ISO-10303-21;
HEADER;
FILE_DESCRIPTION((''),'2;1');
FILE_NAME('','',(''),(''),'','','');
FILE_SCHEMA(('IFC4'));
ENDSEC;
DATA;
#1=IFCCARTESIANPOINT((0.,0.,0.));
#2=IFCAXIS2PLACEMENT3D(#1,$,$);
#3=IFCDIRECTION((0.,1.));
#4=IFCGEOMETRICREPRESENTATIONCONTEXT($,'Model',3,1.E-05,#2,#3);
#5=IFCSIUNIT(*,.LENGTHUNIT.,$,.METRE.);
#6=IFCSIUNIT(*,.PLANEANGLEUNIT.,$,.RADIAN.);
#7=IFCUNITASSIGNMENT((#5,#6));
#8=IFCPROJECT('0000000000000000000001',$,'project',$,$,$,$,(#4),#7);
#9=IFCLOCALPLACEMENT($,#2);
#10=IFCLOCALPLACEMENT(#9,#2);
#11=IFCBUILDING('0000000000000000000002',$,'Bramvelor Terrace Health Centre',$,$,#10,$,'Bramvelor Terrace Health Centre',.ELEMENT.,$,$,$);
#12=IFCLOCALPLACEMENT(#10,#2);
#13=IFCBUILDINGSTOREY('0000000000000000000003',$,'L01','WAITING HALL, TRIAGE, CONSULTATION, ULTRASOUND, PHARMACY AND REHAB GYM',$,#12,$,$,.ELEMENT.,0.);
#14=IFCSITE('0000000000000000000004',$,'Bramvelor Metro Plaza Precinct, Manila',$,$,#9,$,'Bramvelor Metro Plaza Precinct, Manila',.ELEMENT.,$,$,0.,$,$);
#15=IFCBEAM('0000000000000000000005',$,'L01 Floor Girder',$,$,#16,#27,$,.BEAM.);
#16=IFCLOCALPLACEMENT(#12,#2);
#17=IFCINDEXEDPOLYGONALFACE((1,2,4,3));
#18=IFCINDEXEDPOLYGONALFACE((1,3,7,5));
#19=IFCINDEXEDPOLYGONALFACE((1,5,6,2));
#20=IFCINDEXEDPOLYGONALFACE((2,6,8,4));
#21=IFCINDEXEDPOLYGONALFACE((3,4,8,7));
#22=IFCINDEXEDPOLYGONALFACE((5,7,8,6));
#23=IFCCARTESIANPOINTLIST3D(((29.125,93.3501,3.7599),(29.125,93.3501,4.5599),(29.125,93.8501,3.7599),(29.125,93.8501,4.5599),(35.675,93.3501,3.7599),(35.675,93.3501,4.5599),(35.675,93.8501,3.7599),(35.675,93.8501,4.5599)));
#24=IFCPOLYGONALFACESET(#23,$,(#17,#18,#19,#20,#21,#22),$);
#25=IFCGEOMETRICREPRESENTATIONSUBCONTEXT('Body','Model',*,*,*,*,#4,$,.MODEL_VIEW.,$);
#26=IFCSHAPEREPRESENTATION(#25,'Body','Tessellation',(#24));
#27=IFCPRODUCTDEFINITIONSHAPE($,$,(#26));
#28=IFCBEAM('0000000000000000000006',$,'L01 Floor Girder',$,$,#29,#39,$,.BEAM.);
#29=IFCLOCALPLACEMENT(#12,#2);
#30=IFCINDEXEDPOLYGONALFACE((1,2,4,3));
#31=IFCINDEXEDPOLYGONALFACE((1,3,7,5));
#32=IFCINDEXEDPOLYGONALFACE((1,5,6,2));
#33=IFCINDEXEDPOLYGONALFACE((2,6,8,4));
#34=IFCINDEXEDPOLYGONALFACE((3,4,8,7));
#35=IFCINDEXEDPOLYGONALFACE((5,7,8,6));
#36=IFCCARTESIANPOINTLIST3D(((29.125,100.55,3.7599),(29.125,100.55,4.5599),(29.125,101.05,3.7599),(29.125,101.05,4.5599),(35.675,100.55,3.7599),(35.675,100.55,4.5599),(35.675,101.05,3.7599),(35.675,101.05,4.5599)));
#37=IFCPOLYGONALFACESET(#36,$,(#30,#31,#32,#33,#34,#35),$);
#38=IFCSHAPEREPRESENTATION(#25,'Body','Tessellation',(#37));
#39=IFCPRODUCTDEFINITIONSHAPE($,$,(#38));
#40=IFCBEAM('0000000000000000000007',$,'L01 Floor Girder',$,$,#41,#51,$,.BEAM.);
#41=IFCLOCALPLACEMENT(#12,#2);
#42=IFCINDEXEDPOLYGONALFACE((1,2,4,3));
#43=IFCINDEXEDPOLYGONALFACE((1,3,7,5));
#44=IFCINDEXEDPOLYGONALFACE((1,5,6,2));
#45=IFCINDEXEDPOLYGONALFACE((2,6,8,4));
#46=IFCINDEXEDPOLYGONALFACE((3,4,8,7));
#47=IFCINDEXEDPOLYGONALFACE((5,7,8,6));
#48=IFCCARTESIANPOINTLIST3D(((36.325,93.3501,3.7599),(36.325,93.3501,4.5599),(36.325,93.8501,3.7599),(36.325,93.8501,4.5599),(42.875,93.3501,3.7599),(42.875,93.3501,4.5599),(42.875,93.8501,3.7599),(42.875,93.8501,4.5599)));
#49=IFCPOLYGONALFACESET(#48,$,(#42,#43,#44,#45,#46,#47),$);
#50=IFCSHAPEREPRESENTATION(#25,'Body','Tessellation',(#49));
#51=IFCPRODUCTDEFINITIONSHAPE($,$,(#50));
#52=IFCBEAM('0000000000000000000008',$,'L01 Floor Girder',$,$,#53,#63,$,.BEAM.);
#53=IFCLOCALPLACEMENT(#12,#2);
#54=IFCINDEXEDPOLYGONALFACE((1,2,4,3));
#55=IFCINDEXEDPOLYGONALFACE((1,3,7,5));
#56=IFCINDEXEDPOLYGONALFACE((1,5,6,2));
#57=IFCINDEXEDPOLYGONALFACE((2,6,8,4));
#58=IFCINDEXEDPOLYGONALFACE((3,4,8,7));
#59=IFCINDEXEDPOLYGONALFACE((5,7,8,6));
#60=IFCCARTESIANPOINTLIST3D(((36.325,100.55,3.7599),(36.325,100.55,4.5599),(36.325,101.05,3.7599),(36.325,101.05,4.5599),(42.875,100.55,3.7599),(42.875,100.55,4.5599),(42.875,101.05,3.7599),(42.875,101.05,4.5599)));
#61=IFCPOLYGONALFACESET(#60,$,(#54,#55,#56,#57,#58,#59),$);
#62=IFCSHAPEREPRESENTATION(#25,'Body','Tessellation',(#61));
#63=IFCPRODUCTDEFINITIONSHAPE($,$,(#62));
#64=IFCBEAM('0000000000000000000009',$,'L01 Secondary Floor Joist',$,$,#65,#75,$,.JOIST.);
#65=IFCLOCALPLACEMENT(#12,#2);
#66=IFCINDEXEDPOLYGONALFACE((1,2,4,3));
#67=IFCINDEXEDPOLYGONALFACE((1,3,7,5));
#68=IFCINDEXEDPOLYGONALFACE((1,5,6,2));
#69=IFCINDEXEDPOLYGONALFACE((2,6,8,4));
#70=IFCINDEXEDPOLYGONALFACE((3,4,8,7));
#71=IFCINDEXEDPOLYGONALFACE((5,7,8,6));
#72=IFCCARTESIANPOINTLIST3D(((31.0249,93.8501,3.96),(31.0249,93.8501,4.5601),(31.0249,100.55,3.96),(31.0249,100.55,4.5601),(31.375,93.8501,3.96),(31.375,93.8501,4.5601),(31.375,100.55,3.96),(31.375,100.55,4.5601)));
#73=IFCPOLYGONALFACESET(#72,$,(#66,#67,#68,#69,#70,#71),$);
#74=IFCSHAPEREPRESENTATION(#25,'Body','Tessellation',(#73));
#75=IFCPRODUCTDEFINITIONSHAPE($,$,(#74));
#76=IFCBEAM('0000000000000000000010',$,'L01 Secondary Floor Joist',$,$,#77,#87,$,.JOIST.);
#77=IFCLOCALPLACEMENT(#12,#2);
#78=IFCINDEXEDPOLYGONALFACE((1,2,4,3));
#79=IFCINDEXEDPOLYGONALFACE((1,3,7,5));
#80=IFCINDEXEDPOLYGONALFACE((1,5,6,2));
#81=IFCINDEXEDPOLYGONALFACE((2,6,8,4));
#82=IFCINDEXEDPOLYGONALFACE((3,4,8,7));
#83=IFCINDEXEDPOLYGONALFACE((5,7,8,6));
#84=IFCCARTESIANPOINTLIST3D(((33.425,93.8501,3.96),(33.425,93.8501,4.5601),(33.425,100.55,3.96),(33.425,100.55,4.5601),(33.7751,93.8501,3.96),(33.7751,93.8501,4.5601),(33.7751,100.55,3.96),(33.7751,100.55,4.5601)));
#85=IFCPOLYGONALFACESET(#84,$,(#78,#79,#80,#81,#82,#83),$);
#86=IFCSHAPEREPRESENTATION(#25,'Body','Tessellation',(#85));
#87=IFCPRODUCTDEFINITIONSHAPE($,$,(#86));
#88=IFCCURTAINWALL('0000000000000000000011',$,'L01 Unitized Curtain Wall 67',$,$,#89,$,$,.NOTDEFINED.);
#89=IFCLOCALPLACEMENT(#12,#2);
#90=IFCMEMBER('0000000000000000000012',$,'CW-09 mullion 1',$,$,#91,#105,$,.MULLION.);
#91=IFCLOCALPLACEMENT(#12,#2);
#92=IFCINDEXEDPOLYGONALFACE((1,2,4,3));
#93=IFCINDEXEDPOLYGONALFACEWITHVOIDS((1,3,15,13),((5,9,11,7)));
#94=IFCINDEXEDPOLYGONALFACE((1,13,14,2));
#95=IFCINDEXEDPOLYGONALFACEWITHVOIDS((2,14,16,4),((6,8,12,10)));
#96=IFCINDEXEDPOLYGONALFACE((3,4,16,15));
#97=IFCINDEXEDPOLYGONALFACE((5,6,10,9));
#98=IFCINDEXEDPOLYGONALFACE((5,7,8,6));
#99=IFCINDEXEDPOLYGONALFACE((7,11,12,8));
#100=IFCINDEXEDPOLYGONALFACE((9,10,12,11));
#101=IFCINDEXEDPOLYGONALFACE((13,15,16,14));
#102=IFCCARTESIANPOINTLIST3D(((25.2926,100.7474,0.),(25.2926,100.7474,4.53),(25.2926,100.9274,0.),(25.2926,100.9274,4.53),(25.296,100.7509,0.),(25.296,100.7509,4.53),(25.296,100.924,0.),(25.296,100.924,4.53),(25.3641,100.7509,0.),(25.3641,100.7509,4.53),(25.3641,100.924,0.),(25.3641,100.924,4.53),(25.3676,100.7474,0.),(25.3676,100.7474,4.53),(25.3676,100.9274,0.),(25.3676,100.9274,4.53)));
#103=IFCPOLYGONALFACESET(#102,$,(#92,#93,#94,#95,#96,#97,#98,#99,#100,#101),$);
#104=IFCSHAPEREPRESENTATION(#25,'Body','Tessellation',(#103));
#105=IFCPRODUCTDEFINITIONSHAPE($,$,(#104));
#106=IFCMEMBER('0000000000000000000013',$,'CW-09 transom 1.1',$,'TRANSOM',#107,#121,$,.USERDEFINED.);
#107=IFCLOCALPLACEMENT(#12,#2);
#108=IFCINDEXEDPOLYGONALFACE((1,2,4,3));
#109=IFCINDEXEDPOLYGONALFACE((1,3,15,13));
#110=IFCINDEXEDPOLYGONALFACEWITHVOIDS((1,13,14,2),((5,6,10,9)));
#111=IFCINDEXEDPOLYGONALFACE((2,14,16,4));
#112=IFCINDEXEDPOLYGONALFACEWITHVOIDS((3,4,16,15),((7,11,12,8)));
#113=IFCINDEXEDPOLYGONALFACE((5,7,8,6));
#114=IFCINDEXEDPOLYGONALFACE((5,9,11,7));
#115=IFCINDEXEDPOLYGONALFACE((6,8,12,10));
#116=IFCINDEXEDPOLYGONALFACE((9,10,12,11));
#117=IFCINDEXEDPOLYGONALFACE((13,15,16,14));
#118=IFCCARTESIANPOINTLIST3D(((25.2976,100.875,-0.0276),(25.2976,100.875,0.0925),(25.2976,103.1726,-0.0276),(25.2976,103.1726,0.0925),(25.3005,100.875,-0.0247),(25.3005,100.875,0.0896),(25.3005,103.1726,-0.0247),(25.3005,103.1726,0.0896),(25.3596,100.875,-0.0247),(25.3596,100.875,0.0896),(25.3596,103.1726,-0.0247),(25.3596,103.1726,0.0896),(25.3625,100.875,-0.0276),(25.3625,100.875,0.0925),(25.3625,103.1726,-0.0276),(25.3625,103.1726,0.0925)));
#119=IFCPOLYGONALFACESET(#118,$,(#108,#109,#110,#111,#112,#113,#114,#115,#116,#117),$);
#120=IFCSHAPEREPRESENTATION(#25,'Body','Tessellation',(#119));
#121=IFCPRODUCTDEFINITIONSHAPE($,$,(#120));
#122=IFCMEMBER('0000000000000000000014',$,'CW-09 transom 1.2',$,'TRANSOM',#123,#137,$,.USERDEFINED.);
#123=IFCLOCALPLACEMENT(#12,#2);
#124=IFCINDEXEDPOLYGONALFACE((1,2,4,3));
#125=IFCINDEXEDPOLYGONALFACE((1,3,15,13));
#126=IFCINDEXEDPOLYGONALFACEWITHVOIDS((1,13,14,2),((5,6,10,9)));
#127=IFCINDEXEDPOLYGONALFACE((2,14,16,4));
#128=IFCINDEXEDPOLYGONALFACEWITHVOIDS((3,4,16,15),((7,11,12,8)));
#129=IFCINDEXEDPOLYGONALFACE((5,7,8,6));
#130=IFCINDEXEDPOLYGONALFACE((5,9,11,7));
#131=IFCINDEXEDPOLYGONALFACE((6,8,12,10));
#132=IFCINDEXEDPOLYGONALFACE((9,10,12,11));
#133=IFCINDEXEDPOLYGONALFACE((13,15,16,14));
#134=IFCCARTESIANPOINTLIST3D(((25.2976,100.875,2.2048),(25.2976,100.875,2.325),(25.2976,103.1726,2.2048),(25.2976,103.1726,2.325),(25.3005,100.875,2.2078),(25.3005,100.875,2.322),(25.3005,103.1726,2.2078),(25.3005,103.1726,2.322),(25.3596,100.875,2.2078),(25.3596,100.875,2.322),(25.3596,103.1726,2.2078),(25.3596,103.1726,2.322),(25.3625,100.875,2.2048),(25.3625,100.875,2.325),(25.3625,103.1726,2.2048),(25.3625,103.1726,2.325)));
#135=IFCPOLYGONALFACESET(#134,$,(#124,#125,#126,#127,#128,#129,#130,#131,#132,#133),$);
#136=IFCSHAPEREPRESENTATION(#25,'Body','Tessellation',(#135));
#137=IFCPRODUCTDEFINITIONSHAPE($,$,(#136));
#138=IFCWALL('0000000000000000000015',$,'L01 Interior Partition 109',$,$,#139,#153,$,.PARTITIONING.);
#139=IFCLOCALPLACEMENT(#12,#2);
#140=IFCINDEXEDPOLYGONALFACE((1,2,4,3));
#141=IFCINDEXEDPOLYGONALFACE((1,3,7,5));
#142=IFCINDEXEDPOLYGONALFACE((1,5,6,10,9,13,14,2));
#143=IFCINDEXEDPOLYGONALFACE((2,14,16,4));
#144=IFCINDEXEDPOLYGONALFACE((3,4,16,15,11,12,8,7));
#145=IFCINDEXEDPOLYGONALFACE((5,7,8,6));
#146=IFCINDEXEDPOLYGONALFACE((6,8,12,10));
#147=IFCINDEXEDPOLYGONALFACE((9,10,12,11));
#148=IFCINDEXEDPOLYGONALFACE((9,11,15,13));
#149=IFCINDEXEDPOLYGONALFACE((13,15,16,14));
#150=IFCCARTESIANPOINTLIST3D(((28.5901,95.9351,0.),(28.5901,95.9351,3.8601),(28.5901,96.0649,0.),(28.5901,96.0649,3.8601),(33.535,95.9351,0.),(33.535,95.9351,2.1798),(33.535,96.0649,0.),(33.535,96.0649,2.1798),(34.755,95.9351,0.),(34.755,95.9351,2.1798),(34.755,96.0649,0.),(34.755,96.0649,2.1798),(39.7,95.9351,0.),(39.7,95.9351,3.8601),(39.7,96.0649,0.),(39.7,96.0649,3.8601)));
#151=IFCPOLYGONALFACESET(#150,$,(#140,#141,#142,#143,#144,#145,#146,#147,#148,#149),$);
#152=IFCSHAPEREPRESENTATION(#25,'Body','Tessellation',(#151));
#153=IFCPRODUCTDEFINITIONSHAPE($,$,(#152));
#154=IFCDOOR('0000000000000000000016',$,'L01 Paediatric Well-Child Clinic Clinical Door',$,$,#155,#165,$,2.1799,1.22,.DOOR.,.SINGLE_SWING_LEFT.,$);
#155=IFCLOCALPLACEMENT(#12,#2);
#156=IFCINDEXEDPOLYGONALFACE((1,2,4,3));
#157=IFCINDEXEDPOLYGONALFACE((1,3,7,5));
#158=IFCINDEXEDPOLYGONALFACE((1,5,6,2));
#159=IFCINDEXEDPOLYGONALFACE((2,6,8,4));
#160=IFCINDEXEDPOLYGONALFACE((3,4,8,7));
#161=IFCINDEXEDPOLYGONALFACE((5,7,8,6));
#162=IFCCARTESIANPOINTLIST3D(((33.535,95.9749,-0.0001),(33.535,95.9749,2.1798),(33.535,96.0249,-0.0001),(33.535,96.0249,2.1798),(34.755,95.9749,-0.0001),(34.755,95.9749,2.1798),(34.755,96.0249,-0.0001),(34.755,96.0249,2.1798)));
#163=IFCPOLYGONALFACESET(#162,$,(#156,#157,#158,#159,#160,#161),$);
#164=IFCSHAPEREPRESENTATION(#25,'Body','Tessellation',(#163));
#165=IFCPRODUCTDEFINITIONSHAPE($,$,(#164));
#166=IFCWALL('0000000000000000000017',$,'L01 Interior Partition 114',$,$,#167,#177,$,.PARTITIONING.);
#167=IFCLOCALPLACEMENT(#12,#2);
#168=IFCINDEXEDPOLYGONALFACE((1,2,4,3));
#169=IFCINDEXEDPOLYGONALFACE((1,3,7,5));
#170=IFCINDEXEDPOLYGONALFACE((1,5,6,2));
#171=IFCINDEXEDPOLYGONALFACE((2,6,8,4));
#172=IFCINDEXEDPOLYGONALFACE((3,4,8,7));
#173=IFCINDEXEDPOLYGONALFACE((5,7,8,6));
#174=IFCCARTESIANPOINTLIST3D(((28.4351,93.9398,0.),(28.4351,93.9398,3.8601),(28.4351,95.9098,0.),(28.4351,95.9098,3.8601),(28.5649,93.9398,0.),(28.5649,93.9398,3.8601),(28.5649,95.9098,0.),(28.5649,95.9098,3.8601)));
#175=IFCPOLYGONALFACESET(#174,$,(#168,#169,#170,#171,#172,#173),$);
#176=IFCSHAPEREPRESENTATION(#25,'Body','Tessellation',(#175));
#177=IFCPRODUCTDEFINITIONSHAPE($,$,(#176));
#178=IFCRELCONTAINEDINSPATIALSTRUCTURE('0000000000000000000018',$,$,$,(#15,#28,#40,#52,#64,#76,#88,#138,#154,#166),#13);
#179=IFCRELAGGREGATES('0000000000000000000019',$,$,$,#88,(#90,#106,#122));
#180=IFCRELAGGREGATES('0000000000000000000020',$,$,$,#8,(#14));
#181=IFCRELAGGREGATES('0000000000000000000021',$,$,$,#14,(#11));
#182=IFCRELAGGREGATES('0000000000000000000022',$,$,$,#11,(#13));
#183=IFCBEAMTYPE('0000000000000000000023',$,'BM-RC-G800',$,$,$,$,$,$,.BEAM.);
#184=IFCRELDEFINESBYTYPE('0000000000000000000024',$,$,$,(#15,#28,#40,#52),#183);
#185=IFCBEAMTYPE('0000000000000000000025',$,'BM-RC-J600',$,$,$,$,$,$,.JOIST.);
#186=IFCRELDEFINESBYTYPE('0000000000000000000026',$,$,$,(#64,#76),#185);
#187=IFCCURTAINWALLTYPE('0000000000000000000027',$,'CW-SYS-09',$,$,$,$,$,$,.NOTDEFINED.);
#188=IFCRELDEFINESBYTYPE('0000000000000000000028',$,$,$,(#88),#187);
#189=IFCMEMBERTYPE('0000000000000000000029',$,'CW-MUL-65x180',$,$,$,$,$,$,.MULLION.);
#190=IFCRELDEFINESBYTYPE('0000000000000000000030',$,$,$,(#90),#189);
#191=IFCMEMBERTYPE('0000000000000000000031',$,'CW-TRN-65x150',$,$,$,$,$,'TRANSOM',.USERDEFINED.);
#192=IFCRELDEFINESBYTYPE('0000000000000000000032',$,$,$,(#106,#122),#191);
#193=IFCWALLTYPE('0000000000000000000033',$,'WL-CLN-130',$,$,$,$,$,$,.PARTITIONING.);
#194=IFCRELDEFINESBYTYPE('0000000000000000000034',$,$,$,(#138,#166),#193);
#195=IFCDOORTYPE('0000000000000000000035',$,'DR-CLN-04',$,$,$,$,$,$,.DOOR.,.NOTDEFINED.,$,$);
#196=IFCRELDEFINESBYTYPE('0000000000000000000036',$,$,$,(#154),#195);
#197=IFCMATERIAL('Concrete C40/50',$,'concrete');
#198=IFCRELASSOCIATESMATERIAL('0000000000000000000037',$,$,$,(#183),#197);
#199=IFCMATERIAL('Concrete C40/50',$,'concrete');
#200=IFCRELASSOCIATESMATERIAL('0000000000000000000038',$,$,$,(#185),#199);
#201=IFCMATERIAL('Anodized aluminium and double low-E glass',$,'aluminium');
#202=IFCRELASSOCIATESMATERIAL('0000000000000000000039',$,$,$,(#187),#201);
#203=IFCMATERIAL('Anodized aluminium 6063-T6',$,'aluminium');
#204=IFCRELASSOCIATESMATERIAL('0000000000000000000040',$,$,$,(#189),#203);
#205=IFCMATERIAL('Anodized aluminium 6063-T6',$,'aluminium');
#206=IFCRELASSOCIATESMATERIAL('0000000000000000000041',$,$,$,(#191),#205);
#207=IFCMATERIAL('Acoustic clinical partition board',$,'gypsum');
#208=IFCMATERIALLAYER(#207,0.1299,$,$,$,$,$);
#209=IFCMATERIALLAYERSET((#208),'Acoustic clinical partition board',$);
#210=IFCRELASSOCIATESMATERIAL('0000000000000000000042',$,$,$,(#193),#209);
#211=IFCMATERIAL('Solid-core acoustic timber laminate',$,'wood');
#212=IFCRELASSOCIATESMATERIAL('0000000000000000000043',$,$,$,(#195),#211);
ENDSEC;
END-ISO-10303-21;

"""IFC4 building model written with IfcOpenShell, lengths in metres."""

from ifc_helpers import new_model, si_unit, direction, frame, frame_2d, origin, origin_2d, place, context, subcontext, project, spatial, rectangle, hollow_rectangle, extrude, material, layer, layer_set, material_profile, profile_set, type_object, element, fill, aggregate, save


model = new_model("IFC4")

# Units and contexts
model_context = context("Model", 3, precision=1e-05, world=origin(), true_north=direction((0.0, 1.0)))
body_context = subcontext(model_context, "Body", "Model", "MODEL_VIEW")
ifc_project = project(units=[si_unit("LENGTHUNIT", "METRE"), si_unit("PLANEANGLEUNIT", "RADIAN")], contexts=[model_context])

# Site, building, storey
site_placement = place(None, origin())
site = spatial("IfcSite", under=ifc_project, at=site_placement, Name="Bramvelor Metro Plaza Precinct, Manila", LongName="Bramvelor Metro Plaza Precinct, Manila", CompositionType="ELEMENT", RefElevation=0.0)
building_placement = place(site_placement, origin())
building = spatial("IfcBuilding", under=site, at=building_placement, Name="Bramvelor Terrace Health Centre", LongName="Bramvelor Terrace Health Centre", CompositionType="ELEMENT")
storey_placement = place(building_placement, origin())
storey = spatial("IfcBuildingStorey", under=building, at=storey_placement, Name="L01", Description="WAITING HALL, TRIAGE, CONSULTATION, ULTRASOUND, PHARMACY AND REHAB GYM", CompositionType="ELEMENT", Elevation=0.0)

# Beams
ifc_material_1 = material(Name="Concrete C40/50", Category="concrete")
ifc_material_profile_1 = material_profile(ifc_material_1, rectangle(XDim=0.5, YDim=0.8, at=origin_2d()), Name="RC 500x800")
ifc_profile_set_1 = profile_set([ifc_material_profile_1], Name="Concrete C40/50")
beam_type_1 = type_object("IfcBeamType", Name="BM-RC-G800", PredefinedType="BEAM", material=ifc_profile_set_1)
for number, where, z_axis, x_axis, name in (
    (1, (29.125, 93.6001, 4.1599), (1.0, 0.0, 0.0), (0.0, 1.0, 0.0), "L01 Floor Girder"),
    (2, (29.125, 100.8, 4.1599), (1.0, 0.0, 0.0), (0.0, 1.0, 0.0), "L01 Floor Girder"),
    (3, (36.325, 93.6001, 4.1599), (1.0, 0.0, 0.0), (0.0, 1.0, 0.0), "L01 Floor Girder"),
    (4, (36.325, 100.8, 4.1599), (1.0, 0.0, 0.0), (0.0, 1.0, 0.0), "L01 Floor Girder"),
):
    element("IfcBeam", number, at=place(storey_placement, frame(where, z_axis=z_axis, x_axis=x_axis)), inside=storey, type_object=beam_type_1, Name=name, PredefinedType="BEAM", context=body_context, shape_type="SweptSolid", body=[
        extrude(rectangle(XDim=0.5, YDim=0.8, at=origin_2d()), origin(), (0.0, 0.0, 1.0), 6.55),
    ])
ifc_material_2 = material(Name="Concrete C40/50", Category="concrete")
ifc_material_profile_2 = material_profile(ifc_material_2, rectangle(XDim=0.3501, YDim=0.6001, at=origin_2d()), Name="RC 350x600")
ifc_profile_set_2 = profile_set([ifc_material_profile_2], Name="Concrete C40/50")
beam_type_2 = type_object("IfcBeamType", Name="BM-RC-J600", PredefinedType="JOIST", material=ifc_profile_set_2)
for number, where, z_axis, x_axis, name in (
    (5, (31.2, 93.8501, 4.26), (0.0, 1.0, 0.0), (-1.0, 0.0, 0.0), "L01 Secondary Floor Joist"),
    (6, (33.6001, 93.8501, 4.26), (0.0, 1.0, 0.0), (-1.0, 0.0, 0.0), "L01 Secondary Floor Joist"),
):
    element("IfcBeam", number, at=place(storey_placement, frame(where, z_axis=z_axis, x_axis=x_axis)), inside=storey, type_object=beam_type_2, Name=name, PredefinedType="JOIST", context=body_context, shape_type="SweptSolid", body=[
        extrude(rectangle(XDim=0.3501, YDim=0.6001, at=origin_2d()), origin(), (0.0, 0.0, 1.0), 6.7),
    ])

# Curtain wall, members
ifc_material_3 = material(Name="Anodized aluminium and double low-E glass", Category="aluminium")
curtain_wall_type = type_object("IfcCurtainWallType", Name="CW-SYS-09", PredefinedType="NOTDEFINED", material=ifc_material_3)
curtain_wall_placement = place(storey_placement, origin())
curtain_wall = element("IfcCurtainWall", 7, at=curtain_wall_placement, inside=storey, type_object=curtain_wall_type, Name="L01 Unitized Curtain Wall 67", PredefinedType="NOTDEFINED")
ifc_material_4 = material(Name="Anodized aluminium 6063-T6", Category="aluminium")
ifc_material_profile_3 = material_profile(ifc_material_4, hollow_rectangle(XDim=0.075, YDim=0.1799, WallThickness=0.0034, at=origin_2d()), Name="ALU-MUL 75x180x3.5")
ifc_profile_set_3 = profile_set([ifc_material_profile_3], Name="Anodized aluminium 6063-T6")
member_type_1 = type_object("IfcMemberType", Name="CW-MUL-65x180", PredefinedType="MULLION", material=ifc_profile_set_3)
member_1_placement = place(storey_placement, frame((25.3301, 100.8374, 0.0), z_axis=(0.0, 0.0, 1.0), x_axis=(-1.0, 0.0, 0.0)))
member_1 = element("IfcMember", 8, at=member_1_placement, type_object=member_type_1, Name="CW-09 mullion 1", PredefinedType="MULLION", context=body_context, shape_type="SweptSolid", body=[
    extrude(hollow_rectangle(XDim=0.075, YDim=0.1799, WallThickness=0.0034, at=origin_2d()), origin(), (0.0, 0.0, 1.0), 4.53),
])
ifc_material_5 = material(Name="Anodized aluminium 6063-T6", Category="aluminium")
ifc_material_profile_4 = material_profile(ifc_material_5, hollow_rectangle(XDim=0.0649, YDim=0.1201, WallThickness=0.0029, at=origin_2d()), Name="ALU-TRN 65x120x3.0")
ifc_profile_set_4 = profile_set([ifc_material_profile_4], Name="Anodized aluminium 6063-T6")
member_type_2 = type_object("IfcMemberType", Name="CW-TRN-65x150", ElementType="TRANSOM", PredefinedType="USERDEFINED", material=ifc_profile_set_4)
member_2_placement = place(storey_placement, frame((25.3301, 100.875, 0.0325), z_axis=(0.0, 1.0, 0.0), x_axis=(-1.0, 0.0, 0.0)))
member_2 = element("IfcMember", 9, at=member_2_placement, type_object=member_type_2, Name="CW-09 transom 1.1", ObjectType="TRANSOM", PredefinedType="USERDEFINED", context=body_context, shape_type="SweptSolid", body=[
    extrude(hollow_rectangle(XDim=0.0649, YDim=0.1201, WallThickness=0.0029, at=origin_2d()), origin(), (0.0, 0.0, 1.0), 2.2976),
])
member_3_placement = place(storey_placement, frame((25.3301, 100.875, 2.2649), z_axis=(0.0, 1.0, 0.0), x_axis=(-1.0, 0.0, 0.0)))
member_3 = element("IfcMember", 10, at=member_3_placement, type_object=member_type_2, Name="CW-09 transom 1.2", ObjectType="TRANSOM", PredefinedType="USERDEFINED", context=body_context, shape_type="SweptSolid", body=[
    extrude(hollow_rectangle(XDim=0.0649, YDim=0.1201, WallThickness=0.0029, at=origin_2d()), origin(), (0.0, 0.0, 1.0), 2.2976),
])
aggregate(curtain_wall, [member_1, member_2, member_3])

# Wall, opening, door
ifc_material_6 = material(Name="Acoustic clinical partition board", Category="gypsum")
ifc_layer_1 = layer(ifc_material_6, 0.1299)
ifc_layer_set_1 = layer_set([ifc_layer_1], Name="Acoustic clinical partition board")
wall_type_1 = type_object("IfcWallType", Name="WL-CLN-130", PredefinedType="PARTITIONING", material=ifc_layer_set_1)
wall_1_placement = place(storey_placement, frame((28.5901, 96.0, 0.0), z_axis=(0.0, 0.0, 1.0), x_axis=(1.0, 0.0, 0.0)))
wall_1 = element("IfcWall", 11, at=wall_1_placement, inside=storey, type_object=wall_type_1, Name="L01 Interior Partition 109", PredefinedType="PARTITIONING", context=body_context, shape_type="SweptSolid", body=[
    extrude(rectangle(XDim=11.1099, YDim=0.1299, at=frame_2d((5.5549, 0.0))), origin(), (0.0, 0.0, 1.0), 3.8601),
])
opening_1_placement = place(wall_1_placement, frame((4.9451, 0.0, 0.0)))
opening_1 = element("IfcOpeningElement", 12, at=opening_1_placement, cuts=wall_1, PredefinedType="OPENING", context=body_context, shape_type="SweptSolid", body=[
    extrude(rectangle(XDim=1.22, YDim=2.1799, at=frame_2d((0.6099, 1.0898))), frame((0.0, 0.075, 0.0), z_axis=(0.0, -1.0, 0.0), x_axis=(1.0, 0.0, 0.0)), (0.0, 0.0, 1.0), 0.1499),
])
ifc_material_7 = material(Name="Solid-core acoustic timber laminate", Category="wood")
door_type = type_object("IfcDoorType", Name="DR-CLN-04", OperationType="NOTDEFINED", PredefinedType="DOOR", material=ifc_material_7)
door_placement = place(opening_1_placement, origin())
door = element("IfcDoor", 13, at=door_placement, inside=storey, type_object=door_type, Name="L01 Paediatric Well-Child Clinic Clinical Door", OperationType="SINGLE_SWING_LEFT", OverallHeight=2.1799, OverallWidth=1.22, PredefinedType="DOOR", context=body_context, shape_type="SweptSolid", body=[
    extrude(rectangle(XDim=1.22, YDim=2.1799, at=frame_2d((0.6099, 1.0898))), frame((0.0, 0.0249, 0.0), z_axis=(0.0, -1.0, 0.0), x_axis=(1.0, 0.0, 0.0)), (0.0, 0.0, 1.0), 0.05),
])
fill(opening_1, door)

# Wall
wall_2_placement = place(storey_placement, frame((28.5, 93.9399, 0.0), z_axis=(0.0, 0.0, 1.0), x_axis=(0.0, 1.0, 0.0)))
element("IfcWall", 14, at=wall_2_placement, inside=storey, type_object=wall_type_1, Name="L01 Interior Partition 114", PredefinedType="PARTITIONING", context=body_context, shape_type="SweptSolid", body=[
    extrude(rectangle(XDim=1.97, YDim=0.1299, at=frame_2d((0.9849, 0.0))), origin(), (0.0, 0.0, 1.0), 3.8601),
])

save(model, "model.ifc")
